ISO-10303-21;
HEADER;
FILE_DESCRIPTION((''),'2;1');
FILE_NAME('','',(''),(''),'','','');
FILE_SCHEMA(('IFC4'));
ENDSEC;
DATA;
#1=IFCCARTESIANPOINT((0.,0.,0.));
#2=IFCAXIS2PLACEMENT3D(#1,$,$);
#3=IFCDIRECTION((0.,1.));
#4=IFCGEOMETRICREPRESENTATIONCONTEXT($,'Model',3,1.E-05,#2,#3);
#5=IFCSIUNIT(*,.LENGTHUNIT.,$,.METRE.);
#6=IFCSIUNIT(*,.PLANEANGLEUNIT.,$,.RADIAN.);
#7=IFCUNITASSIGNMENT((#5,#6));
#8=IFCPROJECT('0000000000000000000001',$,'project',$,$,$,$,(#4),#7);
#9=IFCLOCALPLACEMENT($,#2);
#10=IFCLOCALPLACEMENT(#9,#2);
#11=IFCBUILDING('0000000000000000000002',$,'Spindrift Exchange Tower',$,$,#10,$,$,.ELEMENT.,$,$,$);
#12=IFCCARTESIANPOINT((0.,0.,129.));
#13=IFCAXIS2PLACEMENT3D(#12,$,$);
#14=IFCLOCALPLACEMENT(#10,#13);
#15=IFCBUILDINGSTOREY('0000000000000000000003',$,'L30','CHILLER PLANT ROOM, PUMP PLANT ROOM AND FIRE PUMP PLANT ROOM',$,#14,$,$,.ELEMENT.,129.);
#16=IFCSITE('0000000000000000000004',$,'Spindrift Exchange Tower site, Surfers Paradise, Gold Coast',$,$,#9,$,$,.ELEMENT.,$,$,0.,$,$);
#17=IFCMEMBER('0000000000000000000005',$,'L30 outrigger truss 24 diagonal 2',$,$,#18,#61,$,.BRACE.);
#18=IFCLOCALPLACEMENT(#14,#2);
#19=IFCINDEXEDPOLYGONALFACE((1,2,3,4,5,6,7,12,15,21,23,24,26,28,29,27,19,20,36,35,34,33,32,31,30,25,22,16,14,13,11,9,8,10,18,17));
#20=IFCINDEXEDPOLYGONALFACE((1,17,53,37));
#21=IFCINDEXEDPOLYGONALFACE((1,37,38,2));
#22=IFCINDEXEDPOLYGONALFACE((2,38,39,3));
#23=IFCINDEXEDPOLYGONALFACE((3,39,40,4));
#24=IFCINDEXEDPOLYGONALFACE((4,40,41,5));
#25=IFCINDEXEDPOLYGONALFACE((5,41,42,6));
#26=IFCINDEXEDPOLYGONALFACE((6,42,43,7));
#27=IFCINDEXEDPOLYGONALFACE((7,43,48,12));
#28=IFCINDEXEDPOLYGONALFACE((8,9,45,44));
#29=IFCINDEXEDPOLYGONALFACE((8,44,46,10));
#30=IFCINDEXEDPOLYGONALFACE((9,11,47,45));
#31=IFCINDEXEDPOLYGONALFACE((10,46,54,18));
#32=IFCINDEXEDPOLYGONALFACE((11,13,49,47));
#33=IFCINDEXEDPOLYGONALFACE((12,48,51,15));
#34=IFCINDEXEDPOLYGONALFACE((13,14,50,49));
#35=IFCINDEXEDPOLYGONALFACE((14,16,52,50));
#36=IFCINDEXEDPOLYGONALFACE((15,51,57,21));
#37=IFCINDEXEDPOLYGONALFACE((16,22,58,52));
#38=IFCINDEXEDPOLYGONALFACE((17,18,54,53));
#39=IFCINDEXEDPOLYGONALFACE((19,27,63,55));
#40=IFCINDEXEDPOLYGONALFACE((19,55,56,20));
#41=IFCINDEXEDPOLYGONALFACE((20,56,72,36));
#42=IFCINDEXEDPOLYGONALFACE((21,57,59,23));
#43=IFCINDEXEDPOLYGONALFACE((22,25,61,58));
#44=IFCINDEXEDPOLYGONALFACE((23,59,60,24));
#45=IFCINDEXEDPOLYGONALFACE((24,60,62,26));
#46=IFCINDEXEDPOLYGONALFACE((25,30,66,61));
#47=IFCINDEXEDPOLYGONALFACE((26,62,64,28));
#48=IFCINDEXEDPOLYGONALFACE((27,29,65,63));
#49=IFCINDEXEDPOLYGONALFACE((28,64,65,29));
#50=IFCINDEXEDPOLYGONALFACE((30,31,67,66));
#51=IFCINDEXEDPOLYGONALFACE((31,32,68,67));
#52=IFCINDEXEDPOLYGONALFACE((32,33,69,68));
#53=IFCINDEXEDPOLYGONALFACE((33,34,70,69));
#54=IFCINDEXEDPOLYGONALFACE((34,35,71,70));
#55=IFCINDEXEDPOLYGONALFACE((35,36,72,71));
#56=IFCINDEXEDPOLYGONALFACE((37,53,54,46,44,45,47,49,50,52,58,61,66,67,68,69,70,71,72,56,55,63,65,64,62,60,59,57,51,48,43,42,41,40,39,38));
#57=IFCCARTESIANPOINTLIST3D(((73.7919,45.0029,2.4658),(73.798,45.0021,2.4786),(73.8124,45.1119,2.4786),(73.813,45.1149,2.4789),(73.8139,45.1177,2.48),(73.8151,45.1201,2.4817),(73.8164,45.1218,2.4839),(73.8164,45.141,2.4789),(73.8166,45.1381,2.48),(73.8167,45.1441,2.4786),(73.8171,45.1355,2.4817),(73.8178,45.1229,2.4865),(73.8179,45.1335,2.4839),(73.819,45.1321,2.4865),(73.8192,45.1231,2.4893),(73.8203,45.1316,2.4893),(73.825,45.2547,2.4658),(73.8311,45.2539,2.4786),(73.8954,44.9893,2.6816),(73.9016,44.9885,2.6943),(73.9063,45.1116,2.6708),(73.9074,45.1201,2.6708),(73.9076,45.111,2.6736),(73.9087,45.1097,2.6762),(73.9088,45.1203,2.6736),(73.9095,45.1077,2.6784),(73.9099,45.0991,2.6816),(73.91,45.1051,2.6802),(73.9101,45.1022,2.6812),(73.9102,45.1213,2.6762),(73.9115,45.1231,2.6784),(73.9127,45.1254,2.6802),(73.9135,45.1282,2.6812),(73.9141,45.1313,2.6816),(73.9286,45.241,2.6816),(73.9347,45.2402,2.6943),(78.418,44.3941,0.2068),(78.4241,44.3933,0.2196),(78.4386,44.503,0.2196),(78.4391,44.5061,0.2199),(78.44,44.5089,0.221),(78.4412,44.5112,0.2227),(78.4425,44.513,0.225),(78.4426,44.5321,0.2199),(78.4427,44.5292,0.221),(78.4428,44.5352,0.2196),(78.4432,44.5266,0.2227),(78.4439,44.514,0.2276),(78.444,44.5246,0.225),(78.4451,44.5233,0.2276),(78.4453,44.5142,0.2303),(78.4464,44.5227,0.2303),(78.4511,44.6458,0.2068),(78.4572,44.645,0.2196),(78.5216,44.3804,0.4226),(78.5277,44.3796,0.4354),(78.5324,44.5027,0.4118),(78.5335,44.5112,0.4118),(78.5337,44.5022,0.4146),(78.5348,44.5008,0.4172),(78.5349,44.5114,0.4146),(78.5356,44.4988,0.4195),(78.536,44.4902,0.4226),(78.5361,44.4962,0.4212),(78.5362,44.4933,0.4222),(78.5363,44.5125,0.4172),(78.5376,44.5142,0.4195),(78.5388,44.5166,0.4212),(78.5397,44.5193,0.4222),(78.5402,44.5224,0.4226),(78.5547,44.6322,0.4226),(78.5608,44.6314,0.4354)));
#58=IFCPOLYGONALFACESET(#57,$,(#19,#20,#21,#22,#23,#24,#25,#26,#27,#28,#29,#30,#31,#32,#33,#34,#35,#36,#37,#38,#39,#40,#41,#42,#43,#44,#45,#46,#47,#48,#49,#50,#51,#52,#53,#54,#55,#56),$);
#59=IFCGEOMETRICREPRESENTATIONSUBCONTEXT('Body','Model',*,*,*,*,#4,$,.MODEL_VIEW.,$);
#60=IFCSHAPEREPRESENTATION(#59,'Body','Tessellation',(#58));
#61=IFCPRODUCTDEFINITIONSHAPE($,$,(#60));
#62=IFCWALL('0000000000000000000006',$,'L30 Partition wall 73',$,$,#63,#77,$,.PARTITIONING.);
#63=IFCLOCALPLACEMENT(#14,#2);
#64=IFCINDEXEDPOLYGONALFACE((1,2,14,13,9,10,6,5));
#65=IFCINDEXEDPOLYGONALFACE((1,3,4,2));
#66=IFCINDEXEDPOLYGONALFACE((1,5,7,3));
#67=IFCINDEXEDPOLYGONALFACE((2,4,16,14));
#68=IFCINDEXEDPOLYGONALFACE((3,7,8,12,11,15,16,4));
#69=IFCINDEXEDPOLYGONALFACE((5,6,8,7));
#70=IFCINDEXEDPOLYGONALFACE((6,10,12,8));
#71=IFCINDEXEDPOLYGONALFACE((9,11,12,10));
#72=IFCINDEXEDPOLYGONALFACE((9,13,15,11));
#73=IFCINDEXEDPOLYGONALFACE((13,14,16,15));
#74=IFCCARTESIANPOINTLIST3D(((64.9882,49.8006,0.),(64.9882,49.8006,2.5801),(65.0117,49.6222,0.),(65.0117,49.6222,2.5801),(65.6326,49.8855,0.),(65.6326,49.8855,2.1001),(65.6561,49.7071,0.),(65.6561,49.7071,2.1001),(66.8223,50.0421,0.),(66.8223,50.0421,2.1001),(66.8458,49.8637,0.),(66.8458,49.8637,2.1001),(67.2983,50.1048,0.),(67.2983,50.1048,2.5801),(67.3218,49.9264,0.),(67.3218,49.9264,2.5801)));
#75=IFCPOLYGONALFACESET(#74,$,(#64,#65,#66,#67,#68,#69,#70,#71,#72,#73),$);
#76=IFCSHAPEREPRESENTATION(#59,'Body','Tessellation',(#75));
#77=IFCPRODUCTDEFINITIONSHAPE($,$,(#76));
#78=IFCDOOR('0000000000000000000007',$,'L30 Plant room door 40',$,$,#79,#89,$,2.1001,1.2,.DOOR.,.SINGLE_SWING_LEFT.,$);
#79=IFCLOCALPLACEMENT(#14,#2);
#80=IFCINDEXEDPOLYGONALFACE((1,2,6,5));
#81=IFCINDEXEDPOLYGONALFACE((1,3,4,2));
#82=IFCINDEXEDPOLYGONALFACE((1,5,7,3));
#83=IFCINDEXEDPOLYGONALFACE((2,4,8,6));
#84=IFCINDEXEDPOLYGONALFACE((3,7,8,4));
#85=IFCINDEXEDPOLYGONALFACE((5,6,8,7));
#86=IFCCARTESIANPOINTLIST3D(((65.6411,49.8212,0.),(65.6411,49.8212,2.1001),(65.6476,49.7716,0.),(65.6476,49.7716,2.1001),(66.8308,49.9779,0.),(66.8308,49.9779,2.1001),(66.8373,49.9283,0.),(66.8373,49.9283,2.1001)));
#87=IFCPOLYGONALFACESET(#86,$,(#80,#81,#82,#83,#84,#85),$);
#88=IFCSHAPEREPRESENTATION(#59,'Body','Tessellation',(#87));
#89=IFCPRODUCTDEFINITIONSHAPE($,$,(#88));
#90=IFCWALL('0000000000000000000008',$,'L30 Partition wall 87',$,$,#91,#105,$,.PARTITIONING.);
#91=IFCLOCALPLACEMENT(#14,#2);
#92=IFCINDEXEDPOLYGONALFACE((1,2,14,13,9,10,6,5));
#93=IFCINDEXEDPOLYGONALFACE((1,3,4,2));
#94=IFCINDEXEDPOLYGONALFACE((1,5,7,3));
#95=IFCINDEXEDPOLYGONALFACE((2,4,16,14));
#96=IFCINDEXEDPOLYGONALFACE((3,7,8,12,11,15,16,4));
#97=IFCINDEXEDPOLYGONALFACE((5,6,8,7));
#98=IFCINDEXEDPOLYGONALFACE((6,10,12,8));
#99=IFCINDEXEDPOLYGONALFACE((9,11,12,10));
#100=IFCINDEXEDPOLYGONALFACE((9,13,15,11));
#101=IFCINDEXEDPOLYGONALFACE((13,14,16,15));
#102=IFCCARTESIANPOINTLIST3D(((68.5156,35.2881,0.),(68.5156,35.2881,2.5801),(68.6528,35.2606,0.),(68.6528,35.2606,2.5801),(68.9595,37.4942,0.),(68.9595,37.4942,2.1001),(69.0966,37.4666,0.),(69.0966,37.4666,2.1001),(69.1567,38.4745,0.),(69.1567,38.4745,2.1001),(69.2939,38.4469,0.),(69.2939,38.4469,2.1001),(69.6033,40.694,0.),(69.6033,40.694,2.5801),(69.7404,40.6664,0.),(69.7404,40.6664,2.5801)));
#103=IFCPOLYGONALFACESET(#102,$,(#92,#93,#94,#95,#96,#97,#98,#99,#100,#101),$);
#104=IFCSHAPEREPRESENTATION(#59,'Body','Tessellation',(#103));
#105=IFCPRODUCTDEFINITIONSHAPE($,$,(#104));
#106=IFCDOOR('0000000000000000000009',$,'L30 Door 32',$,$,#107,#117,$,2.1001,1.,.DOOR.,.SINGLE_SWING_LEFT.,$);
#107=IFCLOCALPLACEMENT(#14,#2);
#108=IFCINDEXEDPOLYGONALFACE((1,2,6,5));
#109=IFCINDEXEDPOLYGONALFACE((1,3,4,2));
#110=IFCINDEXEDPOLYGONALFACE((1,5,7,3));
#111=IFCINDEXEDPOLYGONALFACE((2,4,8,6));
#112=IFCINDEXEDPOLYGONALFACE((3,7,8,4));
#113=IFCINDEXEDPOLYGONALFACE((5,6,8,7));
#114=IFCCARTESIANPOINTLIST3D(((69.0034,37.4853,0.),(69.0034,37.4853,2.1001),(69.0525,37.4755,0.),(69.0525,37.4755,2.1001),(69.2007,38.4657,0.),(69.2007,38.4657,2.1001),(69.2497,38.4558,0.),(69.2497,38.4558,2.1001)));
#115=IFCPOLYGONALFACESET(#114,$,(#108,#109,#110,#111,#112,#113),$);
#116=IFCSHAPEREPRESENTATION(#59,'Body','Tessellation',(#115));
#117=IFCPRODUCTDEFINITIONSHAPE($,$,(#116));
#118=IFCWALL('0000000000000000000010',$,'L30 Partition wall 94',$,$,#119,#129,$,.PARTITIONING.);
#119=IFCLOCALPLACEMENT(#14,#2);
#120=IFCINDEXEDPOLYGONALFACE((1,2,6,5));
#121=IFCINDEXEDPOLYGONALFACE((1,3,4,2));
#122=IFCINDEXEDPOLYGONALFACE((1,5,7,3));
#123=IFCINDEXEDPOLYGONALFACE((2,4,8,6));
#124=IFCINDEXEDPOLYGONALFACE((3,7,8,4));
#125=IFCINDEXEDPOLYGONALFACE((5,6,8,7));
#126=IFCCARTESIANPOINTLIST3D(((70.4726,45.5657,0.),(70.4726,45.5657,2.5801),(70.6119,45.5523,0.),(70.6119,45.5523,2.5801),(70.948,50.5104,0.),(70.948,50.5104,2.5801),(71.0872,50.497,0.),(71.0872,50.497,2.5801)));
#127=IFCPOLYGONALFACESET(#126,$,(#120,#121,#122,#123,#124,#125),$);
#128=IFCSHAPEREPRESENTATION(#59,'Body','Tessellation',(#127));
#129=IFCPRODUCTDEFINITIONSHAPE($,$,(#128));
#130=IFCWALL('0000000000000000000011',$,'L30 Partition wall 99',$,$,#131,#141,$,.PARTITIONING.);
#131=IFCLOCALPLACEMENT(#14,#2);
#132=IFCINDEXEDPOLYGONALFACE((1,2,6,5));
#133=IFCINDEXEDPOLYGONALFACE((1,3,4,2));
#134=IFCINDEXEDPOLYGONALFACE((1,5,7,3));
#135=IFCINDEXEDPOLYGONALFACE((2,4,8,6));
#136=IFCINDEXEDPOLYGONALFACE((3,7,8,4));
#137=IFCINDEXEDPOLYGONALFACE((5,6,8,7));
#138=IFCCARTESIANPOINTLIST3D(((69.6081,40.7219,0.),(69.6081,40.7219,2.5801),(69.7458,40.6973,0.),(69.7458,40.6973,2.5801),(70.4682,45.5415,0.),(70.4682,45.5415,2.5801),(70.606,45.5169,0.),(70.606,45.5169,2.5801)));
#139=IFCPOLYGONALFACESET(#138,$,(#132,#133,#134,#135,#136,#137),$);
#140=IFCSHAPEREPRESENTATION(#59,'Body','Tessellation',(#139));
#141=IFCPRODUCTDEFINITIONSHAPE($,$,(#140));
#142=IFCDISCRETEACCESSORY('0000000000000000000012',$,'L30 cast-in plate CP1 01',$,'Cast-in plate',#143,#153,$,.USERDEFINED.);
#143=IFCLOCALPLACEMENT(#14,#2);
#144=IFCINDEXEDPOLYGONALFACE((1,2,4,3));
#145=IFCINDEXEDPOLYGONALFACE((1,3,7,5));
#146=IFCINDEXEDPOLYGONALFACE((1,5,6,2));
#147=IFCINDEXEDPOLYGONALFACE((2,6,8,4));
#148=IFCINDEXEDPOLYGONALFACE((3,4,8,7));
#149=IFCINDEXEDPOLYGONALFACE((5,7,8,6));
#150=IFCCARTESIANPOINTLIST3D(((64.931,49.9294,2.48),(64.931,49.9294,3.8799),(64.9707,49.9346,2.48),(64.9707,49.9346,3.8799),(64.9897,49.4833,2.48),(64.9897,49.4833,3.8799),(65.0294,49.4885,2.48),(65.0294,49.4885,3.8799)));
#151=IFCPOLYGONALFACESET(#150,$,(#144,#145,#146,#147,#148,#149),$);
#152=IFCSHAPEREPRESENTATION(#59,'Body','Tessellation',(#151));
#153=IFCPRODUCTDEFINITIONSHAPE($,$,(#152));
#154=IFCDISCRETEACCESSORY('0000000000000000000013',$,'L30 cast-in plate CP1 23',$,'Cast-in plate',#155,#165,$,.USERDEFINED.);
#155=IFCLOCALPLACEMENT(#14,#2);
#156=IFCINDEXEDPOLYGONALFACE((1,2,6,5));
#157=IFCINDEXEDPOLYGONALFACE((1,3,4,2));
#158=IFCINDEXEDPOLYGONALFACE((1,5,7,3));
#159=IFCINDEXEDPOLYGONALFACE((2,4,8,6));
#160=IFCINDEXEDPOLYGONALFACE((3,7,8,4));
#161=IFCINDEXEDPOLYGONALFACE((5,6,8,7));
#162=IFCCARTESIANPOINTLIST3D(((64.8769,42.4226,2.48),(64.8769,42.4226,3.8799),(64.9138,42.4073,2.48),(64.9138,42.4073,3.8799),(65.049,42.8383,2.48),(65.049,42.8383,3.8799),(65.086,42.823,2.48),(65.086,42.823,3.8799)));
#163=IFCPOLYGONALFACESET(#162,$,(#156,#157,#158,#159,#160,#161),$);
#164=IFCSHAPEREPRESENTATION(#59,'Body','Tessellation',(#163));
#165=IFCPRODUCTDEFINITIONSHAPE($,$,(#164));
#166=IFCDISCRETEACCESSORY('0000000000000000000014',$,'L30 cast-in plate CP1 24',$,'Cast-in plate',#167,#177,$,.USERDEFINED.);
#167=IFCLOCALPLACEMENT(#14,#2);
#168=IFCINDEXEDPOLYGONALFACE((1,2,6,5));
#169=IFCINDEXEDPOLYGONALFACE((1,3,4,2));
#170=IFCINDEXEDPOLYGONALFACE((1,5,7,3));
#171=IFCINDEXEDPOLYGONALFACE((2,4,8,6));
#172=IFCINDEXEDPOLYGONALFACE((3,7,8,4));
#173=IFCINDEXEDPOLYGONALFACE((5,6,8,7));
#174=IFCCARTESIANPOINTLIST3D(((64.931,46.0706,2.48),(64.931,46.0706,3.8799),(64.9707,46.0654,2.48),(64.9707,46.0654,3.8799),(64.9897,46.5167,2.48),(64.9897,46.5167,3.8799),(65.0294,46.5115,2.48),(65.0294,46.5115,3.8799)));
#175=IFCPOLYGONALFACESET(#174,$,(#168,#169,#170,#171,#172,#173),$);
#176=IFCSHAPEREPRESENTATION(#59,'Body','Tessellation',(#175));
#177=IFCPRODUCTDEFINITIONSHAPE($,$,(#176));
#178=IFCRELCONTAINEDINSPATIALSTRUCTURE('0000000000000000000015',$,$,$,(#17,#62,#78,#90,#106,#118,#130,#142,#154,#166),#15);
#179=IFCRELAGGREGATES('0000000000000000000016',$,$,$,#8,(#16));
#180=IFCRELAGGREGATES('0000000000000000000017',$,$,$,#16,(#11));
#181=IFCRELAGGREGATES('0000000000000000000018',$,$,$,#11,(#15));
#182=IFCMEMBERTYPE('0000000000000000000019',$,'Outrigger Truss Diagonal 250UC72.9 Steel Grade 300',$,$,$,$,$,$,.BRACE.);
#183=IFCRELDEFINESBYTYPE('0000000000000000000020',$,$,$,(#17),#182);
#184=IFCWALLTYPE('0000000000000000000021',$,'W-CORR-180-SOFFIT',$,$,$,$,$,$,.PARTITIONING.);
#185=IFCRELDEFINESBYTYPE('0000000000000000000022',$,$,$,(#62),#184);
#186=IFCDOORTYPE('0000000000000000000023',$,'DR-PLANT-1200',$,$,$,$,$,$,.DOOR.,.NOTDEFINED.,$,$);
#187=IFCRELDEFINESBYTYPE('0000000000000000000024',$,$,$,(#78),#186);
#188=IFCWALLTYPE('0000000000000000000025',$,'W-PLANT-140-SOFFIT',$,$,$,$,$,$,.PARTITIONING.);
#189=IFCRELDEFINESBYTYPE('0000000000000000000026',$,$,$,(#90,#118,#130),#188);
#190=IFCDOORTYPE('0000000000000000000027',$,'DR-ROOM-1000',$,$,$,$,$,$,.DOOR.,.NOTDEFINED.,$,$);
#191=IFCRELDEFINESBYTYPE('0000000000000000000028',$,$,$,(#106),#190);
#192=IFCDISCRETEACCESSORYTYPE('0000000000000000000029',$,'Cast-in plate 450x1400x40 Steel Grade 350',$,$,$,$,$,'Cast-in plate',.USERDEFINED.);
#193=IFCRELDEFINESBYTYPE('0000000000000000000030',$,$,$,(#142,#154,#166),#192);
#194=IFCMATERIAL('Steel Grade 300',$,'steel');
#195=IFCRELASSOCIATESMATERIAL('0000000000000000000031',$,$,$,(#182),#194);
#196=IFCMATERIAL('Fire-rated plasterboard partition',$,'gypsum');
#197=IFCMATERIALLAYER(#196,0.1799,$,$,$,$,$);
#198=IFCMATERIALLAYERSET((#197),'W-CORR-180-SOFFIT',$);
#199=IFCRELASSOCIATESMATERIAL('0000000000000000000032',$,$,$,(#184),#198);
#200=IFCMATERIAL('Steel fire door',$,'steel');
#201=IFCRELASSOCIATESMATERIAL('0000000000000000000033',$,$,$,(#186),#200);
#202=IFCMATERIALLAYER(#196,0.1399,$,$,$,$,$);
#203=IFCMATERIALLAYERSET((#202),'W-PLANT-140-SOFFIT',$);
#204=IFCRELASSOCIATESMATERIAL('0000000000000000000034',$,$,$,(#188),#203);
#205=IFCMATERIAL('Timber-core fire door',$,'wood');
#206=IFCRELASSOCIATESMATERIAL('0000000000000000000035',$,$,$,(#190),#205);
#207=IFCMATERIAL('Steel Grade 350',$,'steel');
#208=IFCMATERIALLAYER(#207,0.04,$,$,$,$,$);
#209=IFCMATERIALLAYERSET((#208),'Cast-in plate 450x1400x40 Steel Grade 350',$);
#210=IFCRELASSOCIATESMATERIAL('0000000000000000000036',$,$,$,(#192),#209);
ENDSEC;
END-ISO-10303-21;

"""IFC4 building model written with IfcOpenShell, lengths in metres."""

from ifc_helpers import new_model, si_unit, direction, frame, frame_2d, origin, origin_2d, place, context, subcontext, project, spatial, rectangle, i_section, extrude, source, transform, mapped, material, layer, layer_set, material_profile, profile_set, type_object, element, fill, save


model = new_model("IFC4")

# Units and contexts
model_context = context("Model", 3, precision=1e-05, world=origin(), true_north=direction((0.0, 1.0)))
body_context = subcontext(model_context, "Body", "Model", "MODEL_VIEW")
ifc_project = project(units=[si_unit("LENGTHUNIT", "METRE"), si_unit("PLANEANGLEUNIT", "RADIAN")], contexts=[model_context])

# Site, building, storey
site_placement = place(None, origin())
site = spatial("IfcSite", under=ifc_project, at=site_placement, Name="Spindrift Exchange Tower site, Surfers Paradise, Gold Coast", CompositionType="ELEMENT", RefElevation=0.0)
building_placement = place(site_placement, origin())
building = spatial("IfcBuilding", under=site, at=building_placement, Name="Spindrift Exchange Tower", CompositionType="ELEMENT")
storey_placement = place(building_placement, frame((0.0, 0.0, 129.0)))
storey = spatial("IfcBuildingStorey", under=building, at=storey_placement, Name="L30", Description="CHILLER PLANT ROOM, PUMP PLANT ROOM AND FIRE PUMP PLANT ROOM", CompositionType="ELEMENT", Elevation=129.0)

# Shared definitions
ifc_material_1 = material(Name="Steel Grade 300", Category="steel")

# Shared definitions
ifc_material_profile_1 = material_profile(ifc_material_1, i_section(OverallWidth=0.2539, OverallDepth=0.2539, WebThickness=0.0085, FlangeThickness=0.0142, FilletRadius=0.012, at=origin_2d()), Name="250UC72.9")
ifc_profile_set_1 = profile_set([ifc_material_profile_1], Name="Steel Grade 300")
member_type_1 = type_object("IfcMemberType", Name="Outrigger Truss Diagonal 250UC72.9 Steel Grade 300", PredefinedType="BRACE", material=ifc_profile_set_1)

# Member
shared_shape_1 = source(origin(), body_context, "Body", "SweptSolid", [
    extrude(i_section(OverallWidth=0.2539, OverallDepth=0.2539, WebThickness=0.0085, FlangeThickness=0.0142, FilletRadius=0.012, at=origin_2d()), origin(), (0.0, 0.0, 1.0), 5.1841),
])
member_1_placement = place(storey_placement, frame((73.8633, 45.1216, 2.5801), z_axis=(0.89237, -0.117451, -0.435754), x_axis=(0.130491, 0.991449, 0.0)))
element("IfcMember", 1, at=member_1_placement, inside=storey, type_object=member_type_1, Name="L30 outrigger truss 24 diagonal 2", PredefinedType="BRACE", context=body_context, shape_type="MappedRepresentation", body=[
    mapped(shared_shape_1, transform((0.0, 0.0, 0.0), scale=1.0)),
])

# Walls, openings, doors
ifc_material_2 = material(Name="Fire-rated plasterboard partition", Category="gypsum")
ifc_layer_1 = layer(ifc_material_2, 0.1799)
ifc_layer_set_1 = layer_set([ifc_layer_1], Name="W-CORR-180-SOFFIT")
wall_type_1 = type_object("IfcWallType", Name="W-CORR-180-SOFFIT", PredefinedType="PARTITIONING", material=ifc_layer_set_1)
wall_1_placement = place(storey_placement, frame((67.3101, 50.0156, 0.0), z_axis=(0.0, 0.0, 1.0), x_axis=(-0.991441, -0.130558, 0.0)))
wall_1 = element("IfcWall", 2, at=wall_1_placement, inside=storey, type_object=wall_type_1, Name="L30 Partition wall 73", PredefinedType="PARTITIONING", context=body_context, shape_type="SweptSolid", body=[
    extrude(rectangle(XDim=2.3301, YDim=0.1799, at=frame_2d((1.165, 0.0))), origin(), (0.0, 0.0, 1.0), 2.5801),
])
opening_1_placement = place(wall_1_placement, frame((0.48, 0.0, 0.0)))
opening_1 = element("IfcOpeningElement", 3, at=opening_1_placement, cuts=wall_1, PredefinedType="OPENING", context=body_context, shape_type="SweptSolid", body=[
    extrude(rectangle(XDim=1.2, YDim=2.1001, at=frame_2d((0.6001, 1.05))), frame((0.0, 0.0999, 0.0), z_axis=(0.0, -1.0, 0.0), x_axis=(1.0, 0.0, 0.0)), (0.0, 0.0, 1.0), 0.2),
])
ifc_material_3 = material(Name="Steel fire door", Category="steel")
door_type_1 = type_object("IfcDoorType", Name="DR-PLANT-1200", OperationType="NOTDEFINED", PredefinedType="DOOR", material=ifc_material_3)
shared_shape_2 = source(origin(), body_context, "Body", "SweptSolid", [
    extrude(rectangle(XDim=1.2, YDim=2.1001, at=frame_2d((0.6001, 1.05))), frame((0.0, 0.0249, 0.0), z_axis=(0.0, -1.0, 0.0), x_axis=(1.0, 0.0, 0.0)), (0.0, 0.0, 1.0), 0.05),
])
door_1_placement = place(opening_1_placement, origin())
door_1 = element("IfcDoor", 4, at=door_1_placement, inside=storey, type_object=door_type_1, Name="L30 Plant room door 40", OperationType="SINGLE_SWING_LEFT", OverallHeight=2.1001, OverallWidth=1.2, PredefinedType="DOOR", context=body_context, shape_type="MappedRepresentation", body=[
    mapped(shared_shape_2, transform((0.0, 0.0, 0.0), scale=1.0)),
])
fill(opening_1, door_1)
ifc_layer_2 = layer(ifc_material_2, 0.1399)
ifc_layer_set_2 = layer_set([ifc_layer_2], Name="W-PLANT-140-SOFFIT")
wall_type_2 = type_object("IfcWallType", Name="W-PLANT-140-SOFFIT", PredefinedType="PARTITIONING", material=ifc_layer_set_2)
wall_2_placement = place(storey_placement, frame((69.6719, 40.6802, 0.0), z_axis=(0.0, 0.0, 1.0), x_axis=(-0.197248, -0.980354, 0.0)))
wall_2 = element("IfcWall", 5, at=wall_2_placement, inside=storey, type_object=wall_type_2, Name="L30 Partition wall 87", PredefinedType="PARTITIONING", context=body_context, shape_type="SweptSolid", body=[
    extrude(rectangle(XDim=5.5142, YDim=0.1399, at=frame_2d((2.7571, 0.0))), origin(), (0.0, 0.0, 1.0), 2.5801),
])
opening_2_placement = place(wall_2_placement, frame((2.2639, 0.0, 0.0)))
opening_2 = element("IfcOpeningElement", 6, at=opening_2_placement, cuts=wall_2, PredefinedType="OPENING", context=body_context, shape_type="SweptSolid", body=[
    extrude(rectangle(XDim=1.0, YDim=2.1001, at=frame_2d((0.5, 1.05))), frame((0.0, 0.0798, 0.0), z_axis=(0.0, -1.0, 0.0), x_axis=(1.0, 0.0, 0.0)), (0.0, 0.0, 1.0), 0.1599),
])
ifc_material_4 = material(Name="Timber-core fire door", Category="wood")
door_type_2 = type_object("IfcDoorType", Name="DR-ROOM-1000", OperationType="NOTDEFINED", PredefinedType="DOOR", material=ifc_material_4)
shared_shape_3 = source(origin(), body_context, "Body", "SweptSolid", [
    extrude(rectangle(XDim=1.0, YDim=2.1001, at=frame_2d((0.5, 1.05))), frame((0.0, 0.0249, 0.0), z_axis=(0.0, -1.0, 0.0), x_axis=(1.0, 0.0, 0.0)), (0.0, 0.0, 1.0), 0.05),
])
door_2_placement = place(opening_2_placement, origin())
door_2 = element("IfcDoor", 7, at=door_2_placement, inside=storey, type_object=door_type_2, Name="L30 Door 32", OperationType="SINGLE_SWING_LEFT", OverallHeight=2.1001, OverallWidth=1.0, PredefinedType="DOOR", context=body_context, shape_type="MappedRepresentation", body=[
    mapped(shared_shape_3, transform((0.0, 0.0, 0.0), scale=1.0)),
])
fill(opening_2, door_2)

# Walls
wall_3_placement = place(storey_placement, frame((70.5422, 45.5588, 0.0), z_axis=(0.0, 0.0, 1.0), x_axis=(0.095688, 0.995411, 0.0)))
element("IfcWall", 8, at=wall_3_placement, inside=storey, type_object=wall_type_2, Name="L30 Partition wall 94", PredefinedType="PARTITIONING", context=body_context, shape_type="SweptSolid", body=[
    extrude(rectangle(XDim=4.9675, YDim=0.1399, at=frame_2d((2.4839, 0.0))), origin(), (0.0, 0.0, 1.0), 2.5801),
])
wall_4_placement = place(storey_placement, frame((69.677, 40.7097, 0.0), z_axis=(0.0, 0.0, 1.0), x_axis=(0.175685, 0.984446, 0.0)))
element("IfcWall", 9, at=wall_4_placement, inside=storey, type_object=wall_type_2, Name="L30 Partition wall 99", PredefinedType="PARTITIONING", context=body_context, shape_type="SweptSolid", body=[
    extrude(rectangle(XDim=4.8958, YDim=0.1399, at=frame_2d((2.4478, 0.0))), origin(), (0.0, 0.0, 1.0), 2.5801),
])

# Discrete accessories
ifc_material_5 = material(Name="Steel Grade 350", Category="steel")
ifc_layer_3 = layer(ifc_material_5, 0.04)
ifc_layer_set_3 = layer_set([ifc_layer_3], Name="Cast-in plate 450x1400x40 Steel Grade 350")
discrete_accessory_type_1 = type_object("IfcDiscreteAccessoryType", Name="Cast-in plate 450x1400x40 Steel Grade 350", ElementType="Cast-in plate", PredefinedType="USERDEFINED", material=ifc_layer_set_3)
shared_shape_4 = source(origin(), body_context, "Body", "SweptSolid", [
    extrude(rectangle(XDim=0.04, YDim=0.45, at=origin_2d()), origin(), (0.0, 0.0, 1.0), 1.3999),
])
for number, where, z_axis, x_axis, name in (
    (10, (64.9802, 49.709, 2.48), (0.0, 0.0, 1.0), (0.991445, 0.130526, 0.0), "L30 cast-in plate CP1 01"),
    (11, (64.9814, 42.6228, 2.48), (0.0, 0.0, 1.0), (0.92388, -0.382683, 0.0), "L30 cast-in plate CP1 23"),
    (12, (64.9802, 46.291, 2.48), (0.0, 0.0, 1.0), (0.991445, -0.130526, 0.0), "L30 cast-in plate CP1 24"),
):
    element("IfcDiscreteAccessory", number, at=place(storey_placement, frame(where, z_axis=z_axis, x_axis=x_axis)), inside=storey, type_object=discrete_accessory_type_1, Name=name, ObjectType="Cast-in plate", PredefinedType="USERDEFINED", context=body_context, shape_type="MappedRepresentation", body=[
        mapped(shared_shape_4, transform((0.0, 0.0, 0.0), scale=1.0)),
    ])

save(model, "model.ifc")
